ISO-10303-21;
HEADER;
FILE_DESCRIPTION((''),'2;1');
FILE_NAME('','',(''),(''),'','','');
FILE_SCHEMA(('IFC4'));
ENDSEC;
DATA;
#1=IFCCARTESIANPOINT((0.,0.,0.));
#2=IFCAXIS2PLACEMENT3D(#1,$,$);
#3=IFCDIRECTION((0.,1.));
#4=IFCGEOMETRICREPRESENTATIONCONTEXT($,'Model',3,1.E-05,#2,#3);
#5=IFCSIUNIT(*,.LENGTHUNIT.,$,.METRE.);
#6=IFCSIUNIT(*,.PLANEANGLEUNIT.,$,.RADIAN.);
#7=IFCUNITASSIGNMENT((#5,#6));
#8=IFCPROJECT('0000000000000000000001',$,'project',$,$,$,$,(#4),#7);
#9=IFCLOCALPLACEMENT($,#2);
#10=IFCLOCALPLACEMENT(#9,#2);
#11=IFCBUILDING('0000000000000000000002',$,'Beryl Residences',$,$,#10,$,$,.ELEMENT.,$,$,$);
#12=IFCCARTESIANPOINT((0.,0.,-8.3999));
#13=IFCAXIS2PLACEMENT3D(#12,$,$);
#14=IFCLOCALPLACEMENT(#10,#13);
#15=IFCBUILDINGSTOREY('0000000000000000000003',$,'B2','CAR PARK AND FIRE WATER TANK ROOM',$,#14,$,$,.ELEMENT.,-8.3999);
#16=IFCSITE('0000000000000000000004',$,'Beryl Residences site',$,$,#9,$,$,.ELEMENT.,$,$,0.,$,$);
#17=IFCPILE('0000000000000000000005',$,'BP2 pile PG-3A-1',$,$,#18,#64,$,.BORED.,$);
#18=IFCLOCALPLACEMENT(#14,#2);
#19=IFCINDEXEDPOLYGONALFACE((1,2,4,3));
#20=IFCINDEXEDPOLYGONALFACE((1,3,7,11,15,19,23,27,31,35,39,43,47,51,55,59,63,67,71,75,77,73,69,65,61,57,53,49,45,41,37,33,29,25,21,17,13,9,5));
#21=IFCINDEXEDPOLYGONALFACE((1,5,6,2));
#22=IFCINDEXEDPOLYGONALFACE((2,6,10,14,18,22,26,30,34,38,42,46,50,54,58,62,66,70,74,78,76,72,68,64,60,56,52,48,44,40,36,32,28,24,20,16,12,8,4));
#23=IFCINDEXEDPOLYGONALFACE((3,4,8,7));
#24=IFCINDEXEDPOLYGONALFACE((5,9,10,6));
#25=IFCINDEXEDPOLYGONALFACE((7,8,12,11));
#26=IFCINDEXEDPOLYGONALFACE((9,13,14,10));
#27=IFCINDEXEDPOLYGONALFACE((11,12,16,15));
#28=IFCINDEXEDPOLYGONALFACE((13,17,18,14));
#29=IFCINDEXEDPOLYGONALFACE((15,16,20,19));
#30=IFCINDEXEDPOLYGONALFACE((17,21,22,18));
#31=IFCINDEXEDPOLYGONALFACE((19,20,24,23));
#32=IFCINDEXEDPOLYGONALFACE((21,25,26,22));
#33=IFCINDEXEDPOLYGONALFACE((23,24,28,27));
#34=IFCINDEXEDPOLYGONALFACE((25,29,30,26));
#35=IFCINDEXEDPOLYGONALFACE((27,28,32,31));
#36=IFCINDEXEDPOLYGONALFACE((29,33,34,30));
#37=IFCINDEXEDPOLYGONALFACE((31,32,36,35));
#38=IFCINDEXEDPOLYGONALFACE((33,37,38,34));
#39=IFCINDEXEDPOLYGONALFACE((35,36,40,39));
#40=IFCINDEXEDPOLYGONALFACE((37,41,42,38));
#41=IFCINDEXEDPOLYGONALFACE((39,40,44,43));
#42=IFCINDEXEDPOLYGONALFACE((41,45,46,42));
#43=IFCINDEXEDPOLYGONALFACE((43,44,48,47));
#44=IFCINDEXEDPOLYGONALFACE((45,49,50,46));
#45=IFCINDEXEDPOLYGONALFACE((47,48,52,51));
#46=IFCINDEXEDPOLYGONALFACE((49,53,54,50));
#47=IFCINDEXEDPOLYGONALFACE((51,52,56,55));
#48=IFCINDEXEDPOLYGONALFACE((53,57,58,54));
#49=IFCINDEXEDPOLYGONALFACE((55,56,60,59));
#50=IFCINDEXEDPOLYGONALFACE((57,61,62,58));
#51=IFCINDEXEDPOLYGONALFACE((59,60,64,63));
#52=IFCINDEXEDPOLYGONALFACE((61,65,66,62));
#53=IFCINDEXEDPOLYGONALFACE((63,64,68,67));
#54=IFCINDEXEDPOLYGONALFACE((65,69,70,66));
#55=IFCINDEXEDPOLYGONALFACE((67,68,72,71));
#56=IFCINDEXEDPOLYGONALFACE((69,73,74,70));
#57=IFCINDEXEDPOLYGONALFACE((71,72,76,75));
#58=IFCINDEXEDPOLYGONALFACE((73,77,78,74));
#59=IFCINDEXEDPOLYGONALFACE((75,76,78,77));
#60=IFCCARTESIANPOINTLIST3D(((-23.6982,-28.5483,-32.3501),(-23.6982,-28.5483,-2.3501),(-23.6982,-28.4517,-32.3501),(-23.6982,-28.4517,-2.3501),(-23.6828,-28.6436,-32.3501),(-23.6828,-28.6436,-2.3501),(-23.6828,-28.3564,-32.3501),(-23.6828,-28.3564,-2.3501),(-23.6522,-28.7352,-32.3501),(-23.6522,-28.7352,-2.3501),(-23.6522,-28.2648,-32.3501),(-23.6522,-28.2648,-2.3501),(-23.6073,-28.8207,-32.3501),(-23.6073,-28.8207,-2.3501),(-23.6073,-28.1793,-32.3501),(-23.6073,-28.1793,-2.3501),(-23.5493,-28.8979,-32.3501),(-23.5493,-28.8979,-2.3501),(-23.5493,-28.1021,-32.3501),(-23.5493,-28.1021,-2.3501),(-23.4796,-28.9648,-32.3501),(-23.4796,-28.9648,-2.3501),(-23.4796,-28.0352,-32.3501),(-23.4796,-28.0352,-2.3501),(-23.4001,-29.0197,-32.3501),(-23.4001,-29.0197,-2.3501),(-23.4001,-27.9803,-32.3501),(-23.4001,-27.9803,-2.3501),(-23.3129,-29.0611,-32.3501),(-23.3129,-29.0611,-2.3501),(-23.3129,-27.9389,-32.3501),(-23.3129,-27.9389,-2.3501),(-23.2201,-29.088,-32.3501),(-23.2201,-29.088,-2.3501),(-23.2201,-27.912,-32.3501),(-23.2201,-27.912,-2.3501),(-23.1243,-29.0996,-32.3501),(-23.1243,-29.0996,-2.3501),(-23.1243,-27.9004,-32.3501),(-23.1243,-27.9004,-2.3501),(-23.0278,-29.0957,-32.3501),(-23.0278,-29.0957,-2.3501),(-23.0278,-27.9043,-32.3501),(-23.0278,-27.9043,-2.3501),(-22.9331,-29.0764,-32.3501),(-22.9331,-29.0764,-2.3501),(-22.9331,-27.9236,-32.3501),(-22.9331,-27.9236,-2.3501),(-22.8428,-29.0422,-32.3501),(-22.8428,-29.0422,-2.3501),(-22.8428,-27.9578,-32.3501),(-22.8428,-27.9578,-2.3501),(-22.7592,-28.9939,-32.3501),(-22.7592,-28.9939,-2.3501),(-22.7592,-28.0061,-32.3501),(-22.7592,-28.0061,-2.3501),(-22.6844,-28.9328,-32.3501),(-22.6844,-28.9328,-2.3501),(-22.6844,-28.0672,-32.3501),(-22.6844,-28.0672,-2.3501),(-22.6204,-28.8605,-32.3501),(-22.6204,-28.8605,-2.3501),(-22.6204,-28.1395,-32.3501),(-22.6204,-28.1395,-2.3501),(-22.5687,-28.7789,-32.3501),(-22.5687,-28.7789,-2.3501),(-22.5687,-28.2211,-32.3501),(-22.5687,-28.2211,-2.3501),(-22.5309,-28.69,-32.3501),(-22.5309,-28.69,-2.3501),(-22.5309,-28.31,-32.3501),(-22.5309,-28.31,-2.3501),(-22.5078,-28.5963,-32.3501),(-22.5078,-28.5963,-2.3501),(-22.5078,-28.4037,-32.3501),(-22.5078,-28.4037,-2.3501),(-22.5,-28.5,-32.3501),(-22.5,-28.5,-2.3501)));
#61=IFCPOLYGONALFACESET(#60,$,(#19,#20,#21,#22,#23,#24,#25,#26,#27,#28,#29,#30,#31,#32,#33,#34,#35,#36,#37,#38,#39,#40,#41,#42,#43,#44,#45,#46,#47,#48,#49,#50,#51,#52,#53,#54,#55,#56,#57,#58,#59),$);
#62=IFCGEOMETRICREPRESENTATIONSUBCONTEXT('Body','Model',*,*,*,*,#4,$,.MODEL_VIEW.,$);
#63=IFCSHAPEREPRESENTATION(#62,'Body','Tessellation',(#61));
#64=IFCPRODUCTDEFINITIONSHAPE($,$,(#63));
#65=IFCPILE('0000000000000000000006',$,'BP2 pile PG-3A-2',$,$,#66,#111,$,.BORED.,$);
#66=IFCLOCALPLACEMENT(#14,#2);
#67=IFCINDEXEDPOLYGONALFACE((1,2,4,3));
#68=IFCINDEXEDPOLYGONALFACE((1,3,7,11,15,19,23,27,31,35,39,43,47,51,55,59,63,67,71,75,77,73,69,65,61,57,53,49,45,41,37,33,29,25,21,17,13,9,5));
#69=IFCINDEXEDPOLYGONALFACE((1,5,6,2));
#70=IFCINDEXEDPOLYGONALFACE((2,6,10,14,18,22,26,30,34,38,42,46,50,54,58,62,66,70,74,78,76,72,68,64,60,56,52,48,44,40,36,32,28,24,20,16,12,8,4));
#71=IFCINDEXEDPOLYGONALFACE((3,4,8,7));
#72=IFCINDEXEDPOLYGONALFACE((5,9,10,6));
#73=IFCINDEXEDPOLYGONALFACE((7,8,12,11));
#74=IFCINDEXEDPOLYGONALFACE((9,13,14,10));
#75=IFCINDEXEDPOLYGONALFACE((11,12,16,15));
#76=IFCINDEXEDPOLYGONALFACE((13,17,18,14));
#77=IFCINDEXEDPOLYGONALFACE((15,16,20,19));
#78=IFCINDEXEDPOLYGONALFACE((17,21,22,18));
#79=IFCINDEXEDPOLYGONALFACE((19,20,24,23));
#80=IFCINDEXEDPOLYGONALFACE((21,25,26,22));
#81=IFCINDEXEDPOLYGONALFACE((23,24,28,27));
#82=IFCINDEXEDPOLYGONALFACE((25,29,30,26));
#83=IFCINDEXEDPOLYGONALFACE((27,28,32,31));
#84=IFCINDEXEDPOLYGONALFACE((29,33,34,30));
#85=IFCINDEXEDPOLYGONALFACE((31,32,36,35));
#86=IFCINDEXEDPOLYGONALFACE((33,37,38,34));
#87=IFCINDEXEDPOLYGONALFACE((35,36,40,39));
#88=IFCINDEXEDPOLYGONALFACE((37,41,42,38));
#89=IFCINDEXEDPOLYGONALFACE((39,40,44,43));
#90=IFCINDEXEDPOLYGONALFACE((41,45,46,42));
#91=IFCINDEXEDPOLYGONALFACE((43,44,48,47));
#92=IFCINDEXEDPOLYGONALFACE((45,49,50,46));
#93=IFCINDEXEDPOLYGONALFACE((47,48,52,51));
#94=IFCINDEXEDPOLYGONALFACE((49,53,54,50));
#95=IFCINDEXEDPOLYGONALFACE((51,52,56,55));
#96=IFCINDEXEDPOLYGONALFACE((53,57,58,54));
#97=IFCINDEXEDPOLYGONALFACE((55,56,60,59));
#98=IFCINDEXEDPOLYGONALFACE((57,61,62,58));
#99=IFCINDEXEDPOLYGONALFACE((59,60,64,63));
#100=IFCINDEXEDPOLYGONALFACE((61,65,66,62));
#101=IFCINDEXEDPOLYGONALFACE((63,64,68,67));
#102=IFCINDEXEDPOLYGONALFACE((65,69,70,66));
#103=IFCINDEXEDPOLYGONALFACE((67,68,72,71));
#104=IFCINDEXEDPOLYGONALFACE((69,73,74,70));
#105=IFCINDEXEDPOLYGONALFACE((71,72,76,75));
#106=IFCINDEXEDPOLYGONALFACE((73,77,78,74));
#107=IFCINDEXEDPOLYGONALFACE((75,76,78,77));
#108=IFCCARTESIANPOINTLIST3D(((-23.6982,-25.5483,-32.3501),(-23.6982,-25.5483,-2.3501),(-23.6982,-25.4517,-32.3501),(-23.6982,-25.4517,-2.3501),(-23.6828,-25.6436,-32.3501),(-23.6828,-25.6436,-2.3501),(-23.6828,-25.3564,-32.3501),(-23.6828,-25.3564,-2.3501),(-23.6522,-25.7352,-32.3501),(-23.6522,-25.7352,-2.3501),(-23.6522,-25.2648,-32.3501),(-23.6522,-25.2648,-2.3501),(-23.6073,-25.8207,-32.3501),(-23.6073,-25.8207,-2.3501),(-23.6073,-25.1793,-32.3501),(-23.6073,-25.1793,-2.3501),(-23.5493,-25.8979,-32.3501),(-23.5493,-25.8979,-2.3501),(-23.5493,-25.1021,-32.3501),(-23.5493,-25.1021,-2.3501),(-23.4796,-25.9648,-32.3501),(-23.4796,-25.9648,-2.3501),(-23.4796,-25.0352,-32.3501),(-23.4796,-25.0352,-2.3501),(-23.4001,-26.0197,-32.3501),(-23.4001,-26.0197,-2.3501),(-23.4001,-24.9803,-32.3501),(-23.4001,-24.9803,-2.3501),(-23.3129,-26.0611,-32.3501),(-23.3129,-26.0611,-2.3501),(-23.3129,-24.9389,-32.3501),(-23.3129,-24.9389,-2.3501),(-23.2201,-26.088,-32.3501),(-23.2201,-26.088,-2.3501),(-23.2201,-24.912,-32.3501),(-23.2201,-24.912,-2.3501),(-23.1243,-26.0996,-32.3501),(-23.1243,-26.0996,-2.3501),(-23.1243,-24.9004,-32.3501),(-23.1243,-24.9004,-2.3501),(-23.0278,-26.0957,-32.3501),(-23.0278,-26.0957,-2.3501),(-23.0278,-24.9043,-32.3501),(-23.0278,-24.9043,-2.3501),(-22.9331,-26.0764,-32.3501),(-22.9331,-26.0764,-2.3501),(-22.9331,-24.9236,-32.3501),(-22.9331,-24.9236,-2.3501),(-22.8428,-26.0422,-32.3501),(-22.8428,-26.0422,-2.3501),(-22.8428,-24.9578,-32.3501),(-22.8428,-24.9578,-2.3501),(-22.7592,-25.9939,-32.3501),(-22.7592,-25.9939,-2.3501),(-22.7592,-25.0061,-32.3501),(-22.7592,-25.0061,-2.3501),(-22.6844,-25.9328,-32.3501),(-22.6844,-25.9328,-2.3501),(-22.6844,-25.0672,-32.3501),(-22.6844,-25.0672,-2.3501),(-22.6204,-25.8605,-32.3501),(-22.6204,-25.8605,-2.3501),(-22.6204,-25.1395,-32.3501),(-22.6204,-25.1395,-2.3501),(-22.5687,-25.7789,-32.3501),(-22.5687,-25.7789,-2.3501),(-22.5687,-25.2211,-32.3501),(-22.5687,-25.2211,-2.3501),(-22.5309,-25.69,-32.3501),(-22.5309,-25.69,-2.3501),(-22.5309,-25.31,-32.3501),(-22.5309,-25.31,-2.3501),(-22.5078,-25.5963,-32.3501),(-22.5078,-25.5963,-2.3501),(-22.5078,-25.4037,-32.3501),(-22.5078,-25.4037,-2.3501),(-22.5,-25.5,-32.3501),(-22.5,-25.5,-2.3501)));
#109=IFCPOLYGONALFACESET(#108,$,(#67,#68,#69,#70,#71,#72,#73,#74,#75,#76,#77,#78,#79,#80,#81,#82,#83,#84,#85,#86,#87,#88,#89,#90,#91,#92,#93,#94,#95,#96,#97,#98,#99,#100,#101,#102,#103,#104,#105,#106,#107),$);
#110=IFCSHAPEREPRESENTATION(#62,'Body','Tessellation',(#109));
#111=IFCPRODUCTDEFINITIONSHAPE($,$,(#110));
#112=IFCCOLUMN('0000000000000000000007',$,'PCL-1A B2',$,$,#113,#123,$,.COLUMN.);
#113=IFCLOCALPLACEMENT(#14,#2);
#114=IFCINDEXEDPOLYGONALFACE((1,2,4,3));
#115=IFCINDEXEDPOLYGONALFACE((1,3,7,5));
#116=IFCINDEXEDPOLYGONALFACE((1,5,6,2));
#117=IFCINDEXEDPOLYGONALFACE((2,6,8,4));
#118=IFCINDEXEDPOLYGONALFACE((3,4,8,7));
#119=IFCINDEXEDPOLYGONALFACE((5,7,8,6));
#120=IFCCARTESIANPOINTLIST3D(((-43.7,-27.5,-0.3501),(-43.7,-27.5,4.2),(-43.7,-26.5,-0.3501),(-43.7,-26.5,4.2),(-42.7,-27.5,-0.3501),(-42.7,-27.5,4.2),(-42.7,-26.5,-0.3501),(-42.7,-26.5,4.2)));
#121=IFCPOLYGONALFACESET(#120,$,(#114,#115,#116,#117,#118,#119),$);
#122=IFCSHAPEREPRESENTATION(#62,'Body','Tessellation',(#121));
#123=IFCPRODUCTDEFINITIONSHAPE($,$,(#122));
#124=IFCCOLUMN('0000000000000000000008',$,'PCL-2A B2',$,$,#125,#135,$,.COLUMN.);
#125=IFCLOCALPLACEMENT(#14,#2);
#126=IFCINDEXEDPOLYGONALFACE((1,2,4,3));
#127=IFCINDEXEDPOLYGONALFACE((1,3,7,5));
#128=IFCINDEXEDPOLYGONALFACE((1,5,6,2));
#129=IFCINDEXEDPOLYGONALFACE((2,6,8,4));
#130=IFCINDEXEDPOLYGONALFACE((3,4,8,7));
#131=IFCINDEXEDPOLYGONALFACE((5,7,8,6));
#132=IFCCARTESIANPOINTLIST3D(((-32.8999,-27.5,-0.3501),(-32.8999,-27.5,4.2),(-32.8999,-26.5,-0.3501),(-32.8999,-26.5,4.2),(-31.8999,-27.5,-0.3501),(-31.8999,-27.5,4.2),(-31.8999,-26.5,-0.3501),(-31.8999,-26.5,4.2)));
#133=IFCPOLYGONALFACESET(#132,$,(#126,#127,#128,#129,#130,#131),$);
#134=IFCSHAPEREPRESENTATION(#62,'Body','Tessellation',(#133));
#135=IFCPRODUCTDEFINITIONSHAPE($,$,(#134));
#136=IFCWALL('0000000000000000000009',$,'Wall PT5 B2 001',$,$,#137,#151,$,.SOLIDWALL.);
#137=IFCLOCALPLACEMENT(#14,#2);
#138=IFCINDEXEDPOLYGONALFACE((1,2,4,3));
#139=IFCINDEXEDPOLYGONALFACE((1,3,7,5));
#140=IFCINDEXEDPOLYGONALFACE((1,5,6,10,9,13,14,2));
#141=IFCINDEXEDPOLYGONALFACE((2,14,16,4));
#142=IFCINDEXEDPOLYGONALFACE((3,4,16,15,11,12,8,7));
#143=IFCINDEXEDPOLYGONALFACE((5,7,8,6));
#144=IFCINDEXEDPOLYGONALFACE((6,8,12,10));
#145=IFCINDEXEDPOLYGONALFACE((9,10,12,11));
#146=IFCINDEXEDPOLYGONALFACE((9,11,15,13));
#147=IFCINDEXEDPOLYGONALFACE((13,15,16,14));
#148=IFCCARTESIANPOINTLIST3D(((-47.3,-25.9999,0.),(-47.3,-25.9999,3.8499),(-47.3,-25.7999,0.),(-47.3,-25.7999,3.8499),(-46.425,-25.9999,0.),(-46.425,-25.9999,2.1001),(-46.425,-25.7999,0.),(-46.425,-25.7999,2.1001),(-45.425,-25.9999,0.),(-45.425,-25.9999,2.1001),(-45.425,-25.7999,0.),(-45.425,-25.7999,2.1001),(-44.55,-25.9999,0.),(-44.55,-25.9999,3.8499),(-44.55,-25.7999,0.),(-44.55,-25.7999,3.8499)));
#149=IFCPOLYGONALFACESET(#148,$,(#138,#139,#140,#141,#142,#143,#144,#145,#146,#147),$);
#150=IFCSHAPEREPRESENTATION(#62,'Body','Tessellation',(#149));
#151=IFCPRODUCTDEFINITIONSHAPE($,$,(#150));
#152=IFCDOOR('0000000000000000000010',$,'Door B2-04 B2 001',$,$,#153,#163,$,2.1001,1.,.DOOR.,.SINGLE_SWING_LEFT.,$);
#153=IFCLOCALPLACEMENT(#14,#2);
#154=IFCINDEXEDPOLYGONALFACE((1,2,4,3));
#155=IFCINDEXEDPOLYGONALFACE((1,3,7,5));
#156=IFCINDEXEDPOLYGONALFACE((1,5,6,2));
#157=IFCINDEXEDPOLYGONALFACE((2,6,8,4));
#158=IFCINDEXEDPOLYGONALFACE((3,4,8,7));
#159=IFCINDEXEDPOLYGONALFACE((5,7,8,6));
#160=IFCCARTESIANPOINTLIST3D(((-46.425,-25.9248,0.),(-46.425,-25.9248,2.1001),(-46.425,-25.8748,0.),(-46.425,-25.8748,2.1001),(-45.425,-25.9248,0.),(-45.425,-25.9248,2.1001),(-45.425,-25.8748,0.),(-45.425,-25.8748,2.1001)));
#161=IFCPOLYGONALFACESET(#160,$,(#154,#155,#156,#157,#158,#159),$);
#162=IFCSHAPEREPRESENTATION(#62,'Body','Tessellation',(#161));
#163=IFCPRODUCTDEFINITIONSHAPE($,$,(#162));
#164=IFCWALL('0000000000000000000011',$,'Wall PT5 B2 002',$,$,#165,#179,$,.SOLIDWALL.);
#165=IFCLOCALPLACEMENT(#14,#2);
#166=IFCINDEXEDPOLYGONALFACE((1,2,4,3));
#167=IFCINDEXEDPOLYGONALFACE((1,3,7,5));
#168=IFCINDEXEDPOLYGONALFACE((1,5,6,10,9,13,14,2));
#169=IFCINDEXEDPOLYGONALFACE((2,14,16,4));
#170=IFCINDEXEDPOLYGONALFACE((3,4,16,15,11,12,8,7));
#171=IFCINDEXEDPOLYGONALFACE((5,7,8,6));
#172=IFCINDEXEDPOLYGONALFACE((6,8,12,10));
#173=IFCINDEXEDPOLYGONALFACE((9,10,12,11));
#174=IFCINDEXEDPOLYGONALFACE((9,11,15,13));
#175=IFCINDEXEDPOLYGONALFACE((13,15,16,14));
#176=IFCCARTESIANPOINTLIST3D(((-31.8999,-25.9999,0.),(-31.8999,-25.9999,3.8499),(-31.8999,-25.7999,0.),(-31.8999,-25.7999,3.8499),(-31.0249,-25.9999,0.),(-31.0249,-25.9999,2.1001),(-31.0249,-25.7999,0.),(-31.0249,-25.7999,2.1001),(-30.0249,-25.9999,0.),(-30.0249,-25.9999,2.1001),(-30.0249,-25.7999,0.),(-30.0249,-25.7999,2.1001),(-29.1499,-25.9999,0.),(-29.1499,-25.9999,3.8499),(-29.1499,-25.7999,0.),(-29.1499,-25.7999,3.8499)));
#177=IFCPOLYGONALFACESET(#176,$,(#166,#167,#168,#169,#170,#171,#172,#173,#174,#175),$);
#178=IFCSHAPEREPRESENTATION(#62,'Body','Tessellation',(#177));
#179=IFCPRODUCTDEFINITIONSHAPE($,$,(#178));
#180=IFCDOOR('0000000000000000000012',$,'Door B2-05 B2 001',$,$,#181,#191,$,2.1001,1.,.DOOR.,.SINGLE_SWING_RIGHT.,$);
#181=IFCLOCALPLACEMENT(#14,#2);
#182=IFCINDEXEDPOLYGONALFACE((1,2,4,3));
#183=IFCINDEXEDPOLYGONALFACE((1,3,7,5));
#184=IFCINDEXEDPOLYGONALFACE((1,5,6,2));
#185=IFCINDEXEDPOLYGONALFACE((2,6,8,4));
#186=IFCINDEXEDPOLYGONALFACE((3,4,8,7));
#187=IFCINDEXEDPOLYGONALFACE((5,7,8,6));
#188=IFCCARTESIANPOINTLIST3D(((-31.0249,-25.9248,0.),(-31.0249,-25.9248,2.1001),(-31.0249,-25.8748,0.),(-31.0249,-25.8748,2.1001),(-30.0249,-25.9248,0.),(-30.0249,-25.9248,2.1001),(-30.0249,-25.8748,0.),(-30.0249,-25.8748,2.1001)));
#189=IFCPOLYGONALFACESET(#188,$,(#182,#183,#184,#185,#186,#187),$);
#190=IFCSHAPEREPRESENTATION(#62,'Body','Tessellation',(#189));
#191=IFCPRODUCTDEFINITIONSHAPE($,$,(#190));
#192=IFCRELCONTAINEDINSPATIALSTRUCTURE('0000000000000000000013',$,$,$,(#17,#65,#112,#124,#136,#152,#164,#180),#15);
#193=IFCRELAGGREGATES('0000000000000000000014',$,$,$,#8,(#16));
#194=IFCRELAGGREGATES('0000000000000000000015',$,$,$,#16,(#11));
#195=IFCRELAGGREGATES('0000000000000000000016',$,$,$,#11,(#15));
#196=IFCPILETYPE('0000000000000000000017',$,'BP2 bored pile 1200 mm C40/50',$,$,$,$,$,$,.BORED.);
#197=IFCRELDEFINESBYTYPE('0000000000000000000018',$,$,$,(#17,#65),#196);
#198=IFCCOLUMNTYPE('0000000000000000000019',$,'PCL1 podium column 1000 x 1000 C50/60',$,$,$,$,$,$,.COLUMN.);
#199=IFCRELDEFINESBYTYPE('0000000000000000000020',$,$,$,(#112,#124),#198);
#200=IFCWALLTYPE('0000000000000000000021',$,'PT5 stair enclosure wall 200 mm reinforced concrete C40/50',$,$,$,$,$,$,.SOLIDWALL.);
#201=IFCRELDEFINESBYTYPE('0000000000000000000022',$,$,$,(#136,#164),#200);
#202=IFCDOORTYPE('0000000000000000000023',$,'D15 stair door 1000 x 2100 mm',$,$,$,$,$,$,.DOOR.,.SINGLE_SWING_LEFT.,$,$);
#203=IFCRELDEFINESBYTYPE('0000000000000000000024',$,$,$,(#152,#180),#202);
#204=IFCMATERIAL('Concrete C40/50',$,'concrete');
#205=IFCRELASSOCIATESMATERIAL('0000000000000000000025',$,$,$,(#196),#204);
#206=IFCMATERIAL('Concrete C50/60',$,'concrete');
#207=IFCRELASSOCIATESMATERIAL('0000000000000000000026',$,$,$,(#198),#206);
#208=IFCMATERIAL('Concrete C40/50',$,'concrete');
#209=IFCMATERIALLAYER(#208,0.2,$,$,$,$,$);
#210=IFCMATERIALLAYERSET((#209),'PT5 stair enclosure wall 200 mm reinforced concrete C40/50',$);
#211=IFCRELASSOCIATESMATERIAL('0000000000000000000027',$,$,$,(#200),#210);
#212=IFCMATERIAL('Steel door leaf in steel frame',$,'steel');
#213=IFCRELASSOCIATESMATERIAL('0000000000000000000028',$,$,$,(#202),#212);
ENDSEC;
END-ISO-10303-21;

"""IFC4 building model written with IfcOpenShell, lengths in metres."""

from ifc_helpers import new_model, si_unit, direction, frame, frame_2d, origin, origin_2d, place, context, subcontext, project, spatial, rectangle, circle, extrude, material, layer, layer_set, material_profile, profile_set, type_object, element, fill, save


model = new_model("IFC4")

# Units and contexts
model_context = context("Model", 3, precision=1e-05, world=origin(), true_north=direction((0.0, 1.0)))
body_context = subcontext(model_context, "Body", "Model", "MODEL_VIEW")
ifc_project = project(units=[si_unit("LENGTHUNIT", "METRE"), si_unit("PLANEANGLEUNIT", "RADIAN")], contexts=[model_context])

# Site, building, storey
site_placement = place(None, origin())
site = spatial("IfcSite", under=ifc_project, at=site_placement, Name="Beryl Residences site", CompositionType="ELEMENT", RefElevation=0.0)
building_placement = place(site_placement, origin())
building = spatial("IfcBuilding", under=site, at=building_placement, Name="Beryl Residences", CompositionType="ELEMENT")
storey_placement = place(building_placement, frame((0.0, 0.0, -8.3999)))
storey = spatial("IfcBuildingStorey", under=building, at=storey_placement, Name="B2", Description="CAR PARK AND FIRE WATER TANK ROOM", CompositionType="ELEMENT", Elevation=-8.3999)

# Piles
ifc_material_1 = material(Name="Concrete C40/50", Category="concrete")
ifc_material_profile_1 = material_profile(ifc_material_1, circle(Radius=0.6001, at=origin_2d()))
ifc_profile_set_1 = profile_set([ifc_material_profile_1], Name="Concrete C40/50")
pile_type = type_object("IfcPileType", Name="BP2 bored pile 1200 mm C40/50", PredefinedType="BORED", material=ifc_profile_set_1)
for number, where, z_axis, x_axis, name in (
    (1, (-23.1001, -28.5, -2.3501), (0.0, 0.0, -1.0), (1.0, 0.0, 0.0), "BP2 pile PG-3A-1"),
    (2, (-23.1001, -25.5, -2.3501), (0.0, 0.0, -1.0), (1.0, 0.0, 0.0), "BP2 pile PG-3A-2"),
):
    element("IfcPile", number, at=place(storey_placement, frame(where, z_axis=z_axis, x_axis=x_axis)), inside=storey, type_object=pile_type, Name=name, PredefinedType="BORED", context=body_context, shape_type="SweptSolid", body=[
        extrude(circle(Radius=0.6001, at=origin_2d()), origin(), (0.0, 0.0, 1.0), 30.0),
    ])

# Columns
ifc_material_2 = material(Name="Concrete C50/60", Category="concrete")
ifc_material_profile_2 = material_profile(ifc_material_2, rectangle(XDim=1.0, YDim=1.0, at=origin_2d()))
ifc_profile_set_2 = profile_set([ifc_material_profile_2], Name="Concrete C50/60")
column_type = type_object("IfcColumnType", Name="PCL1 podium column 1000 x 1000 C50/60", PredefinedType="COLUMN", material=ifc_profile_set_2)
for number, where, z_axis, x_axis, name in (
    (3, (-43.2, -27.0, -0.3501), (0.0, 0.0, 1.0), (1.0, 0.0, 0.0), "PCL-1A B2"),
    (4, (-32.3999, -27.0, -0.3501), (0.0, 0.0, 1.0), (1.0, 0.0, 0.0), "PCL-2A B2"),
):
    element("IfcColumn", number, at=place(storey_placement, frame(where, z_axis=z_axis, x_axis=x_axis)), inside=storey, type_object=column_type, Name=name, PredefinedType="COLUMN", context=body_context, shape_type="SweptSolid", body=[
        extrude(rectangle(XDim=1.0, YDim=1.0, at=origin_2d()), origin(), (0.0, 0.0, 1.0), 4.55),
    ])

# Walls, openings, doors
ifc_material_3 = material(Name="Concrete C40/50", Category="concrete")
ifc_layer_1 = layer(ifc_material_3, 0.2)
ifc_layer_set_1 = layer_set([ifc_layer_1], Name="PT5 stair enclosure wall 200 mm reinforced concrete C40/50")
wall_type_1 = type_object("IfcWallType", Name="PT5 stair enclosure wall 200 mm reinforced concrete C40/50", PredefinedType="SOLIDWALL", material=ifc_layer_set_1)
wall_1_placement = place(storey_placement, frame((-47.3, -25.8999, 0.0), z_axis=(0.0, 0.0, 1.0), x_axis=(1.0, 0.0, 0.0)))
wall_1 = element("IfcWall", 5, at=wall_1_placement, inside=storey, type_object=wall_type_1, Name="Wall PT5 B2 001", PredefinedType="SOLIDWALL", context=body_context, shape_type="SweptSolid", body=[
    extrude(rectangle(XDim=2.75, YDim=0.2, at=frame_2d((1.375, 0.0))), origin(), (0.0, 0.0, 1.0), 3.8499),
])
opening_1_placement = place(wall_1_placement, frame((1.875, 0.0, 0.0), z_axis=(0.0, 0.0, 1.0), x_axis=(-1.0, 0.0, 0.0)))
opening_1 = element("IfcOpeningElement", 6, at=opening_1_placement, cuts=wall_1, PredefinedType="OPENING", context=body_context, shape_type="SweptSolid", body=[
    extrude(rectangle(XDim=1.0, YDim=2.1001, at=frame_2d((0.5, 1.05))), frame((0.0, 0.1099, 0.0), z_axis=(0.0, -1.0, 0.0), x_axis=(1.0, 0.0, 0.0)), (0.0, 0.0, 1.0), 0.22),
])
ifc_material_4 = material(Name="Steel door leaf in steel frame", Category="steel")
door_type = type_object("IfcDoorType", Name="D15 stair door 1000 x 2100 mm", OperationType="SINGLE_SWING_LEFT", PredefinedType="DOOR", material=ifc_material_4)
door_1_placement = place(opening_1_placement, origin())
door_1 = element("IfcDoor", 7, at=door_1_placement, inside=storey, type_object=door_type, Name="Door B2-04 B2 001", OperationType="SINGLE_SWING_LEFT", OverallHeight=2.1001, OverallWidth=1.0, PredefinedType="DOOR", context=body_context, shape_type="SweptSolid", body=[
    extrude(rectangle(XDim=1.0, YDim=2.1001, at=frame_2d((0.5, 1.05))), frame((0.0, 0.0249, 0.0), z_axis=(0.0, -1.0, 0.0), x_axis=(1.0, 0.0, 0.0)), (0.0, 0.0, 1.0), 0.05),
])
fill(opening_1, door_1)
wall_2_placement = place(storey_placement, frame((-31.8999, -25.8999, 0.0), z_axis=(0.0, 0.0, 1.0), x_axis=(1.0, 0.0, 0.0)))
wall_2 = element("IfcWall", 8, at=wall_2_placement, inside=storey, type_object=wall_type_1, Name="Wall PT5 B2 002", PredefinedType="SOLIDWALL", context=body_context, shape_type="SweptSolid", body=[
    extrude(rectangle(XDim=2.75, YDim=0.2, at=frame_2d((1.375, 0.0))), origin(), (0.0, 0.0, 1.0), 3.8499),
])
opening_2_placement = place(wall_2_placement, frame((1.875, 0.0, 0.0), z_axis=(0.0, 0.0, 1.0), x_axis=(-1.0, 0.0, 0.0)))
opening_2 = element("IfcOpeningElement", 9, at=opening_2_placement, cuts=wall_2, PredefinedType="OPENING", context=body_context, shape_type="SweptSolid", body=[
    extrude(rectangle(XDim=1.0, YDim=2.1001, at=frame_2d((0.5, 1.05))), frame((0.0, 0.1099, 0.0), z_axis=(0.0, -1.0, 0.0), x_axis=(1.0, 0.0, 0.0)), (0.0, 0.0, 1.0), 0.22),
])
door_2_placement = place(opening_2_placement, origin())
door_2 = element("IfcDoor", 10, at=door_2_placement, inside=storey, type_object=door_type, Name="Door B2-05 B2 001", OperationType="SINGLE_SWING_RIGHT", OverallHeight=2.1001, OverallWidth=1.0, PredefinedType="DOOR", context=body_context, shape_type="SweptSolid", body=[
    extrude(rectangle(XDim=1.0, YDim=2.1001, at=frame_2d((0.5, 1.05))), frame((0.0, 0.0249, 0.0), z_axis=(0.0, -1.0, 0.0), x_axis=(1.0, 0.0, 0.0)), (0.0, 0.0, 1.0), 0.05),
])
fill(opening_2, door_2)

save(model, "model.ifc")
